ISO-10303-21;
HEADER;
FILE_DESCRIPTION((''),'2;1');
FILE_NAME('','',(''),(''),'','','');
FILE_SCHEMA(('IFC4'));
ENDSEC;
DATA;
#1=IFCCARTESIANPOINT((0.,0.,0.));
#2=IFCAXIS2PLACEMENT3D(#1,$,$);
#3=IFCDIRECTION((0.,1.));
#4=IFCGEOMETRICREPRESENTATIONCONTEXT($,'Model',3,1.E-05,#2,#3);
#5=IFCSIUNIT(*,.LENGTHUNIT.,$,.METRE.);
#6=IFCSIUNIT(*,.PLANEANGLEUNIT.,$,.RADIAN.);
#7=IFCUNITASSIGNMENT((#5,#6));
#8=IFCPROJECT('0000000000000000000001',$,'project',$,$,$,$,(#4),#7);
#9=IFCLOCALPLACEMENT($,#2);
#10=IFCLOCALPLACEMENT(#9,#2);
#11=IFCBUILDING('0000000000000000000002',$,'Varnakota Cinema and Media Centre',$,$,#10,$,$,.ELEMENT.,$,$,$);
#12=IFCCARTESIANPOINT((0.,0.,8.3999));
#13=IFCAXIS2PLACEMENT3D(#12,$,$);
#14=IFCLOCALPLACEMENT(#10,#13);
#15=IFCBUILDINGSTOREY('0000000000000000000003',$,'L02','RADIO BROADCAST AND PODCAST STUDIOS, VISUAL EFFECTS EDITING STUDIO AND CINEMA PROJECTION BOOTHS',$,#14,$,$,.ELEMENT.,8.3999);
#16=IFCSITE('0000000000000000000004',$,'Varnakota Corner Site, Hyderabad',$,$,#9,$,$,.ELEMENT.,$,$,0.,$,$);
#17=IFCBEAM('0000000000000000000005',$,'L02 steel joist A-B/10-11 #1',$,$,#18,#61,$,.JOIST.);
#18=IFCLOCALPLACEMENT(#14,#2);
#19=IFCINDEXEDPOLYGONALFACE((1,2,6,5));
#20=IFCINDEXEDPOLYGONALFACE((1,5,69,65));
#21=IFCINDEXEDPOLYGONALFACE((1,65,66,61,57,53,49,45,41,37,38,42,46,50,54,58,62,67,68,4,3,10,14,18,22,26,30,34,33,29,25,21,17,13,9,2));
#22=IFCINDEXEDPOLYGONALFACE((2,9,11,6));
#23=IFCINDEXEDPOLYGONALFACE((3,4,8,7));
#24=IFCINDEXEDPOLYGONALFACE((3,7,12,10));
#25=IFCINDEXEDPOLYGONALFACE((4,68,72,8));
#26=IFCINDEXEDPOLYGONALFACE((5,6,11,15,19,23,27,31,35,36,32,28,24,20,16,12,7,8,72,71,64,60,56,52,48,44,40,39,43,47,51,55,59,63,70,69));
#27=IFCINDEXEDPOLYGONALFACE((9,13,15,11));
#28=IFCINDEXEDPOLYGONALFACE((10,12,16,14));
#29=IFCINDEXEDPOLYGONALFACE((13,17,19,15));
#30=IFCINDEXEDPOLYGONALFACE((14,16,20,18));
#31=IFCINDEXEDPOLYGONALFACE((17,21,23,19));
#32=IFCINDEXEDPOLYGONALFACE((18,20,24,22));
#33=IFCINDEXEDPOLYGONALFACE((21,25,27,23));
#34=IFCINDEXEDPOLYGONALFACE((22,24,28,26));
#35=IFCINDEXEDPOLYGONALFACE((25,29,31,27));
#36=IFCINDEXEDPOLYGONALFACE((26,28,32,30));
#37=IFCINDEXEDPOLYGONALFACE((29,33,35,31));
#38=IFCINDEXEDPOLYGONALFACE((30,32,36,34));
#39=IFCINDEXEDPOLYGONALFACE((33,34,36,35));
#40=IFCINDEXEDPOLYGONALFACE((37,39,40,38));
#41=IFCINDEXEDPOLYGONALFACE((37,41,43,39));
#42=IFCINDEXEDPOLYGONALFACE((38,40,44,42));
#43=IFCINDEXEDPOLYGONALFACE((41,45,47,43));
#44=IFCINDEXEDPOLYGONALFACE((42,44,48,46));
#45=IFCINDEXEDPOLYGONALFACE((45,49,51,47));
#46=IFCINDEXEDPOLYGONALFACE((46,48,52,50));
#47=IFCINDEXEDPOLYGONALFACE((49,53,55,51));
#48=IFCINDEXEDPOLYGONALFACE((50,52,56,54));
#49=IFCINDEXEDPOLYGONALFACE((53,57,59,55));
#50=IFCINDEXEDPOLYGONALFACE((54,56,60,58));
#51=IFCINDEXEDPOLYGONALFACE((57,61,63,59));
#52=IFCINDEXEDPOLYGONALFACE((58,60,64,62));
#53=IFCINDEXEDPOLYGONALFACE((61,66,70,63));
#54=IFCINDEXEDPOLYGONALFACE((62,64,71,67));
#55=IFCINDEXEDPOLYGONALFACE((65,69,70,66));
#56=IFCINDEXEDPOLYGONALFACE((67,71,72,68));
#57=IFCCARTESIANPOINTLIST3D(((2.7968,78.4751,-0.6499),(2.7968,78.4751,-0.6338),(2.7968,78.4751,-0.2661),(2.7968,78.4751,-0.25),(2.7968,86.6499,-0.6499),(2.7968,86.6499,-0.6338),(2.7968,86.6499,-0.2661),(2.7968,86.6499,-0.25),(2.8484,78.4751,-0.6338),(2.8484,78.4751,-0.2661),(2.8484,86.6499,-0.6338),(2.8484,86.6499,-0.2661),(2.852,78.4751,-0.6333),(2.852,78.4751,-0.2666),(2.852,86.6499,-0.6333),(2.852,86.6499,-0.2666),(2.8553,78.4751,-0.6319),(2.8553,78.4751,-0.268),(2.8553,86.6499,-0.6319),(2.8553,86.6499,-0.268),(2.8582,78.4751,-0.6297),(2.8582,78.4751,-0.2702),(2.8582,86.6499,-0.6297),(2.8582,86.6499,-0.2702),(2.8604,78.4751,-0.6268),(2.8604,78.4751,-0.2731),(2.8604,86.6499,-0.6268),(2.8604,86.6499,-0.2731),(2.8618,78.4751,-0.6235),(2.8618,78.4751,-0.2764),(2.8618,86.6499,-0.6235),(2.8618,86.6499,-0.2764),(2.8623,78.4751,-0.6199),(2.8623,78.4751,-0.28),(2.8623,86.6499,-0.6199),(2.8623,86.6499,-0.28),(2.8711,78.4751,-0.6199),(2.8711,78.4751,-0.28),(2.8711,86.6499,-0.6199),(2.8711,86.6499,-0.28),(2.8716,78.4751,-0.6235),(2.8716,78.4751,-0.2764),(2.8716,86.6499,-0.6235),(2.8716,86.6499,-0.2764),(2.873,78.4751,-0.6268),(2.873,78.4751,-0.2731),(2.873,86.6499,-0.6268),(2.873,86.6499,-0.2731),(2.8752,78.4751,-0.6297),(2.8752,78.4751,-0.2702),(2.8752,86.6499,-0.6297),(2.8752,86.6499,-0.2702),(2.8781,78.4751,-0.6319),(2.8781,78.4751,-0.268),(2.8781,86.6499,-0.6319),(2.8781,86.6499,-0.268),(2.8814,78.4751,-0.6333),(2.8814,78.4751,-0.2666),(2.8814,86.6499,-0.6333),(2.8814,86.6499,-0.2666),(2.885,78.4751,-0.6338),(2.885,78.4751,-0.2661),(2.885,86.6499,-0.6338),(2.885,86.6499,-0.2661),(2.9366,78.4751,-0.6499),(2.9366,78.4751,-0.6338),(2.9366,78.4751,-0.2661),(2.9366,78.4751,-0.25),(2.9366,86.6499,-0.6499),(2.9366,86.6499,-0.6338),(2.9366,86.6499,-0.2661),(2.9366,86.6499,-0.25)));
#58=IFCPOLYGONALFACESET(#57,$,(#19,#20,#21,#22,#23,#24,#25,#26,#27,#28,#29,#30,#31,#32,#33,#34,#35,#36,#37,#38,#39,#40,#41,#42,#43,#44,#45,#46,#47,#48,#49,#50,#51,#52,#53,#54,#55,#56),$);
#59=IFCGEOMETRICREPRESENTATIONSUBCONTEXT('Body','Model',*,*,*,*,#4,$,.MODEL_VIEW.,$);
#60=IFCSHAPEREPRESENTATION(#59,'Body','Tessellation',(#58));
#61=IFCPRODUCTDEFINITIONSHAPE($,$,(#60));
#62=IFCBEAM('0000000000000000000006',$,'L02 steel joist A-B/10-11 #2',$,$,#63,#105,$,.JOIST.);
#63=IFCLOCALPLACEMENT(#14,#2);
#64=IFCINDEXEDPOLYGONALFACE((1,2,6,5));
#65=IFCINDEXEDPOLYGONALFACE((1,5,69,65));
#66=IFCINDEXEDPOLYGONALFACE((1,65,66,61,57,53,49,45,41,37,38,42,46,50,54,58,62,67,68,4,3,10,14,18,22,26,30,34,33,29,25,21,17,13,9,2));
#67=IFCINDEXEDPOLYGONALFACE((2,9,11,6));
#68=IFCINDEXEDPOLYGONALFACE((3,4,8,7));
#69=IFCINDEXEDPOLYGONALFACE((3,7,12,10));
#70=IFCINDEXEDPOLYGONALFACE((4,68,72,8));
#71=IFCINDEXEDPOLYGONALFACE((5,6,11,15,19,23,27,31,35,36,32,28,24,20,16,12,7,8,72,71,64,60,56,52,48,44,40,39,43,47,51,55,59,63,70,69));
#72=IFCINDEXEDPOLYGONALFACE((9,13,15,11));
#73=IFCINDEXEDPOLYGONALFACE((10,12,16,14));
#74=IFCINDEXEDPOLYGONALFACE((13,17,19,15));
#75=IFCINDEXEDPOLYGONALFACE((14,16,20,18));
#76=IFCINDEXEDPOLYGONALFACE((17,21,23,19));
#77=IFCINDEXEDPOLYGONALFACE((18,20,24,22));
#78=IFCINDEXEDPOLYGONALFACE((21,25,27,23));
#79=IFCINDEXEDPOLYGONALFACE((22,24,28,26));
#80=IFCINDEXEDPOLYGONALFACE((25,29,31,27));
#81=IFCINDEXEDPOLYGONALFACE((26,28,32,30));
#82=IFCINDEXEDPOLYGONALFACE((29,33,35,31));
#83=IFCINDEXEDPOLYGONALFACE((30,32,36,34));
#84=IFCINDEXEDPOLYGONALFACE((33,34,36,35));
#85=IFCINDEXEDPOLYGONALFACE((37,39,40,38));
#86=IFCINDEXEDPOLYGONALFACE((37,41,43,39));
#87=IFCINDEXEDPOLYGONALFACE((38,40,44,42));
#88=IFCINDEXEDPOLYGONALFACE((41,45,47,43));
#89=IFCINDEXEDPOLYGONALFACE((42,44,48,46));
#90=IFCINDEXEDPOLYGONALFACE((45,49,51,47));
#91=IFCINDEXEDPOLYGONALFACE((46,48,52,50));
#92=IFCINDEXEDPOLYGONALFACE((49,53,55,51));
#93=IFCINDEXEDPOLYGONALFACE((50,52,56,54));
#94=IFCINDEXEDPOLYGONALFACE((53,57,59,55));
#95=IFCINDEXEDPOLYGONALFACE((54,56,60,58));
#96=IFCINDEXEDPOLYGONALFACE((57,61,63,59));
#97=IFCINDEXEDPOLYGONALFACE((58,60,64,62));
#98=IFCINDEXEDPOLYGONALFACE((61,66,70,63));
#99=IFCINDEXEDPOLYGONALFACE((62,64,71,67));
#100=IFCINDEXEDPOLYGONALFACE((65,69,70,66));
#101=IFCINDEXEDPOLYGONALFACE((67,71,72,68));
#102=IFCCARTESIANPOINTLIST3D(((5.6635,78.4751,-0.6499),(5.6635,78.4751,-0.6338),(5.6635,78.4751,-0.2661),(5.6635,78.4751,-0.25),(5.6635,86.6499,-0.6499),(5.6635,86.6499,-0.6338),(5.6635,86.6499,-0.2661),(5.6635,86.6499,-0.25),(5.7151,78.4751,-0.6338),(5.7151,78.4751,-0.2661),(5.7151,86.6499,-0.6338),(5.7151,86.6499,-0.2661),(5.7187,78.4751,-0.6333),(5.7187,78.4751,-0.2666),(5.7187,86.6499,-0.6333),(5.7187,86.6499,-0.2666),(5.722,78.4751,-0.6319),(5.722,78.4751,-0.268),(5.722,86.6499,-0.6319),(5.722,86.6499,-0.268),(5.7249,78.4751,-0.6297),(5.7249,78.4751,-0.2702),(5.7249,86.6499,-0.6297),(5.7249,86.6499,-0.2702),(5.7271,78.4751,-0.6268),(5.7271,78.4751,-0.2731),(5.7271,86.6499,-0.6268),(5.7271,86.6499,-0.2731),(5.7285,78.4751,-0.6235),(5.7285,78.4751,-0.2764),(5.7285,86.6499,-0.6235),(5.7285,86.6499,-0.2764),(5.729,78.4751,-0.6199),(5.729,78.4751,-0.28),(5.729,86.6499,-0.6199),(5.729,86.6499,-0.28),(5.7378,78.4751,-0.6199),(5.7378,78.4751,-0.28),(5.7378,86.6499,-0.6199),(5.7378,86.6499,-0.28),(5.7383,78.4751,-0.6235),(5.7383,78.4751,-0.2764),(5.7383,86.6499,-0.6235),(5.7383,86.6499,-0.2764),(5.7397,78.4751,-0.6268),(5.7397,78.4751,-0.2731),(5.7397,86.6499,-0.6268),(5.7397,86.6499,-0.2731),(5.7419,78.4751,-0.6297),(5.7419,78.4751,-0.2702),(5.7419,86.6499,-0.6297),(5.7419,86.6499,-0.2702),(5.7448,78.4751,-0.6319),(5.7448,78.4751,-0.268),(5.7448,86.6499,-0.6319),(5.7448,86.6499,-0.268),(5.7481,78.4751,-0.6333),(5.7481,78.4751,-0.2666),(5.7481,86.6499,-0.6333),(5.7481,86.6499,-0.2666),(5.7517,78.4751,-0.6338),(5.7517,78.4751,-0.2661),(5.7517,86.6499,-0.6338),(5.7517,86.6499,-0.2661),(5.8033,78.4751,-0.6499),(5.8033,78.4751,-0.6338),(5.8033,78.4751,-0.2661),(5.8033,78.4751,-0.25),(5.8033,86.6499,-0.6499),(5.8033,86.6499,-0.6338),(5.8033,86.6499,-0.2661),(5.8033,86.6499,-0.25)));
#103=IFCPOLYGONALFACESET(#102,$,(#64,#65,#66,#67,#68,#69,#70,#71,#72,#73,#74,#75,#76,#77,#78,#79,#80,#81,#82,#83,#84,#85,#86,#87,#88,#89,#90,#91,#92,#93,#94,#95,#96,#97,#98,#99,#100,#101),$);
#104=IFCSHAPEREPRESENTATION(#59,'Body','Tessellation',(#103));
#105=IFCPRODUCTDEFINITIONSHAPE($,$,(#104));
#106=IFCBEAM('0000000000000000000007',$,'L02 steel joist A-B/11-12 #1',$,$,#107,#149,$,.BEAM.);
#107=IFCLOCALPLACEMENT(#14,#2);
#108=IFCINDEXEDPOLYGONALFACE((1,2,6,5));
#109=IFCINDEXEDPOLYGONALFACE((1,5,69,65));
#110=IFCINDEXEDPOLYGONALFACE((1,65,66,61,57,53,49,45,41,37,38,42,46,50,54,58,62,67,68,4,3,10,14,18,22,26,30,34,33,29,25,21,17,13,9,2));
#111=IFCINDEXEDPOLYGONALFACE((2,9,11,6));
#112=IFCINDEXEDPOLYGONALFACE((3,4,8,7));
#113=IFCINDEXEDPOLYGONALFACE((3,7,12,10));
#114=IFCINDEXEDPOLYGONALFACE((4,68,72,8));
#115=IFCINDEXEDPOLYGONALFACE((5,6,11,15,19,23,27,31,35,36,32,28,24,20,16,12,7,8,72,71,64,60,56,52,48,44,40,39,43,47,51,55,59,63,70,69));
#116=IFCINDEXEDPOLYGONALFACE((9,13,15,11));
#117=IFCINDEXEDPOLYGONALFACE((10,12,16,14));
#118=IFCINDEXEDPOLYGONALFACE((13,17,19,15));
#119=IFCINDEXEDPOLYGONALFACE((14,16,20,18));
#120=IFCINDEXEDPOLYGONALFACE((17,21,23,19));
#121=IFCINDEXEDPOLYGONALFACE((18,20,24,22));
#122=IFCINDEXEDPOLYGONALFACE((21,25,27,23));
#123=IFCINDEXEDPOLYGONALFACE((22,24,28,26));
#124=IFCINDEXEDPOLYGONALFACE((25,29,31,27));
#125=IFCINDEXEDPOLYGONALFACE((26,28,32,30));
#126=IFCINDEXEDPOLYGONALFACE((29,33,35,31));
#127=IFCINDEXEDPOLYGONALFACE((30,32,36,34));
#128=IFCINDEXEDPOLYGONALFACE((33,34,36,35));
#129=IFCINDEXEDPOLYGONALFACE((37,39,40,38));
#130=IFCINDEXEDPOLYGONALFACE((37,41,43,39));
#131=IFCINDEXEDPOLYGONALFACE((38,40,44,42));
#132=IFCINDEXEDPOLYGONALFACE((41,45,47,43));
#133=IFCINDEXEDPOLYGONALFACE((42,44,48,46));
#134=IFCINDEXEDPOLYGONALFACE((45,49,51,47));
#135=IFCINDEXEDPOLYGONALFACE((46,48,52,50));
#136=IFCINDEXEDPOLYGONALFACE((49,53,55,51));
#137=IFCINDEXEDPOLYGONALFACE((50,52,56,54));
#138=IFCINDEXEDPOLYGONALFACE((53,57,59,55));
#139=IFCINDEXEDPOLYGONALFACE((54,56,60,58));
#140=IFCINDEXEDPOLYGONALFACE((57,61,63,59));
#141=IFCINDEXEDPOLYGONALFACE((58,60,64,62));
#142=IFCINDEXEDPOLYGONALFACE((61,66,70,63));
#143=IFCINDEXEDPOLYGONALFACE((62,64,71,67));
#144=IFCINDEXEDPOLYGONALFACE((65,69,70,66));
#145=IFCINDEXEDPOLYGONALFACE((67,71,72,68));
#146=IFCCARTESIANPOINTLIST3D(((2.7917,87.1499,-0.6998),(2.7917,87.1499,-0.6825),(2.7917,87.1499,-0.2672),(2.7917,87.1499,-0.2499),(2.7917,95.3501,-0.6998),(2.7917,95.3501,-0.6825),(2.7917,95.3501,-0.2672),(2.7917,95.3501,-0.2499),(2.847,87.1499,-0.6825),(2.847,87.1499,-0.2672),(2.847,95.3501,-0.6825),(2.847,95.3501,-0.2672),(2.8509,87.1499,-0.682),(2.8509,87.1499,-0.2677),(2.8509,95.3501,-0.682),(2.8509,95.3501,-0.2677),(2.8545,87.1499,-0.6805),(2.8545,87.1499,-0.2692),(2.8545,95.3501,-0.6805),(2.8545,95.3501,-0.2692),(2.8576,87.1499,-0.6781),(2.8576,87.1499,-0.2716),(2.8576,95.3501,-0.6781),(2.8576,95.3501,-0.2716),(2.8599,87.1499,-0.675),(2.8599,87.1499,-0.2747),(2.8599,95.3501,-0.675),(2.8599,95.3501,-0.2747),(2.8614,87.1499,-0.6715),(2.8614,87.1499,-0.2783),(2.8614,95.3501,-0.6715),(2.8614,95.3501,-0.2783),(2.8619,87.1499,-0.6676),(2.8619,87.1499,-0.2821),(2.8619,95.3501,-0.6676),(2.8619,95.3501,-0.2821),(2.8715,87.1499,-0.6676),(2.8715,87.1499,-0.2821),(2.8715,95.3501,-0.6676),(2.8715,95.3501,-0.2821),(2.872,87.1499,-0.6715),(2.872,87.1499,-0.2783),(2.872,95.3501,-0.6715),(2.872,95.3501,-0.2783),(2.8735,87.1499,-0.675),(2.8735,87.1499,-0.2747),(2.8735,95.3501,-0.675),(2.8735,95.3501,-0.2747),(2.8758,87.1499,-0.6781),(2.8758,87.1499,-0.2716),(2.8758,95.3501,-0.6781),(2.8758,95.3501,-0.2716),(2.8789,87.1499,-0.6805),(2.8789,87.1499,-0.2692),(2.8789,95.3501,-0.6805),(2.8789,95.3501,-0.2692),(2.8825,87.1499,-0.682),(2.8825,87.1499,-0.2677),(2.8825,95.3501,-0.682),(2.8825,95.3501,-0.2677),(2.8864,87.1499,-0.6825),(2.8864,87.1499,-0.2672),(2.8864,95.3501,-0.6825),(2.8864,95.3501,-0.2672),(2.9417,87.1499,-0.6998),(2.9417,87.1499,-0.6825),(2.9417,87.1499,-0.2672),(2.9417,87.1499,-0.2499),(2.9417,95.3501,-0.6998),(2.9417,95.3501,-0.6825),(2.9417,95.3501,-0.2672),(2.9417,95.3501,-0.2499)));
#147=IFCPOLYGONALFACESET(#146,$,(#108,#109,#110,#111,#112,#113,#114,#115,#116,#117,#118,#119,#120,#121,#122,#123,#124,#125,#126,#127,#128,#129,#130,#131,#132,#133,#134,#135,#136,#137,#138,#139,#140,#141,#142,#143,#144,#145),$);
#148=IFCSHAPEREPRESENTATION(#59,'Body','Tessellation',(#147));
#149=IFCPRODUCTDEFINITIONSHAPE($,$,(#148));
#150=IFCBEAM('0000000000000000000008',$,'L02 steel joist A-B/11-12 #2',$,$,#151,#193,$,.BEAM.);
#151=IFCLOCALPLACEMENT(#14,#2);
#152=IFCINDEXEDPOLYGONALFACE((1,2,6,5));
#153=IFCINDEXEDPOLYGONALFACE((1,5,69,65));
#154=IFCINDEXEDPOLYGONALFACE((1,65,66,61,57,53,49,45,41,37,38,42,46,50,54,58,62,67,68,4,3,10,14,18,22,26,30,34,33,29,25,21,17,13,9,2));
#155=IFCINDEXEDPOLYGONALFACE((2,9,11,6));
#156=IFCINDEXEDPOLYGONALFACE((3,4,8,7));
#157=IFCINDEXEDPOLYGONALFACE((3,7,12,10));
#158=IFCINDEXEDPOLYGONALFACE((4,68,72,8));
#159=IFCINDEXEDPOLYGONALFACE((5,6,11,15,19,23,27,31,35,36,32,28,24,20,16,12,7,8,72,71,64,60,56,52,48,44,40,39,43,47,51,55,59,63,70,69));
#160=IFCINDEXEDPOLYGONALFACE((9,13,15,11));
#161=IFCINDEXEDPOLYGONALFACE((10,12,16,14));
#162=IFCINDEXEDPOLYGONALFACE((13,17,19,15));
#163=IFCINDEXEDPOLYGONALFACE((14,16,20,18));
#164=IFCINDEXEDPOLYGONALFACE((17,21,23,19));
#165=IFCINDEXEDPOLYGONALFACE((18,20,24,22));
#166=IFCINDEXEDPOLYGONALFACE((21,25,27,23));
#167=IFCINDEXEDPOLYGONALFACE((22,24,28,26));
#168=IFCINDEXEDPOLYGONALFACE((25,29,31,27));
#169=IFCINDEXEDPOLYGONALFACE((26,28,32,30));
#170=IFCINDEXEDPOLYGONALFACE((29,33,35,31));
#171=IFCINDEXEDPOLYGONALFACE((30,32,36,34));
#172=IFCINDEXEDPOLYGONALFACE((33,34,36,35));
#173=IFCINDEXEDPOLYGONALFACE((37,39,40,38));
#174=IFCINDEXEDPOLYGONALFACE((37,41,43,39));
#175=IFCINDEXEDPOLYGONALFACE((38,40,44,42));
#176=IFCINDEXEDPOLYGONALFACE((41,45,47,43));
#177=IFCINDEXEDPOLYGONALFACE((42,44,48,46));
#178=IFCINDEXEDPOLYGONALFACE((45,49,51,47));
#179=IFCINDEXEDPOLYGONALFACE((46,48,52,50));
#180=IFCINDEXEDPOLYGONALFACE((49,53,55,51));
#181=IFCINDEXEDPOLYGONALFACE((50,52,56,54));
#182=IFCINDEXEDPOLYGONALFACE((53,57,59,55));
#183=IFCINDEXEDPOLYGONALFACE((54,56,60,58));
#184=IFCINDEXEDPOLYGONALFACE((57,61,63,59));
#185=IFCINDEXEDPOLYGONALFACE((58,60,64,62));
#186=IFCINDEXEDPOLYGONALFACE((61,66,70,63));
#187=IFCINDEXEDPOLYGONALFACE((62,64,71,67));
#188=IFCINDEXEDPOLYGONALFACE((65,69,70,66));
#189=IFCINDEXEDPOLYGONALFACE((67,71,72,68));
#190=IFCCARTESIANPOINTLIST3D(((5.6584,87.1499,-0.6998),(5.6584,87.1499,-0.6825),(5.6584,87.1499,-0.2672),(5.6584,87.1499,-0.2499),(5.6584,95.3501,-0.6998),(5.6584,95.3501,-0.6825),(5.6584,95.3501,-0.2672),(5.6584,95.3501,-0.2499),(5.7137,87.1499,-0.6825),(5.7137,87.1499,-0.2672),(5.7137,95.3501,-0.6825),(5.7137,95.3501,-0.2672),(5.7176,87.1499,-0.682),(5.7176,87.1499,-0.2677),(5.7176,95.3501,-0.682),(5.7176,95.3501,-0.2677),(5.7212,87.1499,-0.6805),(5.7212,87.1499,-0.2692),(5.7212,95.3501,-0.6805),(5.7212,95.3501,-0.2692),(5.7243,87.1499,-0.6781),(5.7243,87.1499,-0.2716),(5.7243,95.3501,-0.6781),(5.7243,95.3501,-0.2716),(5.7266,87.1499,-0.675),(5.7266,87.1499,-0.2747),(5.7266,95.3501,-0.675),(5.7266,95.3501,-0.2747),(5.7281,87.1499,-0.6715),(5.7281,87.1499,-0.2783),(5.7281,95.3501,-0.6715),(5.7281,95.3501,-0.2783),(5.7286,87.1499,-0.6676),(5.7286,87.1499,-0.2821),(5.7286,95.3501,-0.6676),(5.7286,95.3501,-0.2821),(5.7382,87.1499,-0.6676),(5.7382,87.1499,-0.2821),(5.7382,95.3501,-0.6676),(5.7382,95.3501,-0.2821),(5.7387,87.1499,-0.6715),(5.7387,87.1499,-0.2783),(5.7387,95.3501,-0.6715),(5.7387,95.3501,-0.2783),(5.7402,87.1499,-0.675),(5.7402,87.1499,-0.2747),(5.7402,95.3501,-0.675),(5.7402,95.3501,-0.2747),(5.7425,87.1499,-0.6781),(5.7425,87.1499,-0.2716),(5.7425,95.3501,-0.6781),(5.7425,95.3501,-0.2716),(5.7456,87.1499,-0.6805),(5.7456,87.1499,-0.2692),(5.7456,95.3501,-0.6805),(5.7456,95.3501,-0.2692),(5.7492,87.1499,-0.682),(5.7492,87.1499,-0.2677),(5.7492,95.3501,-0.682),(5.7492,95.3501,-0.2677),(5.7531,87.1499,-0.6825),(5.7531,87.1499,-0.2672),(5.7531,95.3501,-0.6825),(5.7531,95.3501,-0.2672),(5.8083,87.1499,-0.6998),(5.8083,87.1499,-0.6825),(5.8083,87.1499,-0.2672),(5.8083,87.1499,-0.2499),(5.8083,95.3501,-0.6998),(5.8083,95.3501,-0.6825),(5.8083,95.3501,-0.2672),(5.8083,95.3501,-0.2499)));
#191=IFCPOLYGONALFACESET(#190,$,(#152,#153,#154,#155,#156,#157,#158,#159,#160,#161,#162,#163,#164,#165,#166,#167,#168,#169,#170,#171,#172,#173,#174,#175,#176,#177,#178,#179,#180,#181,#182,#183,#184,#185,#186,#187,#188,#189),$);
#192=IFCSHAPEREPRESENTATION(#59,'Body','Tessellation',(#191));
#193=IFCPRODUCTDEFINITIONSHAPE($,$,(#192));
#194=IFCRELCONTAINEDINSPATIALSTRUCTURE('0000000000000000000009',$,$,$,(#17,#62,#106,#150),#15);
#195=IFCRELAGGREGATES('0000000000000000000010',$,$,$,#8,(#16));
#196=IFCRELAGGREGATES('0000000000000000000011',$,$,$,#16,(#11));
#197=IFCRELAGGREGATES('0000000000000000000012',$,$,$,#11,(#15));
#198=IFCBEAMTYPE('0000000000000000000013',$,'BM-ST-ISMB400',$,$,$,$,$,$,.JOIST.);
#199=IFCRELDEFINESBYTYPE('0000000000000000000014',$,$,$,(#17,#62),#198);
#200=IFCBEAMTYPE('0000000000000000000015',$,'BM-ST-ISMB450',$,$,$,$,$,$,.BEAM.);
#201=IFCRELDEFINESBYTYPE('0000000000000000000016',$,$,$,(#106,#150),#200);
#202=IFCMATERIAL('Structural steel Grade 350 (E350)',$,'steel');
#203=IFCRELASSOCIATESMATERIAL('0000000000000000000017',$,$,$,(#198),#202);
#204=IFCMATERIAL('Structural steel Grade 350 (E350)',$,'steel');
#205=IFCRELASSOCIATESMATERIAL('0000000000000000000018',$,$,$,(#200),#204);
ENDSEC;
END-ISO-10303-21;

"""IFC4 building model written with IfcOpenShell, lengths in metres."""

from ifc_helpers import new_model, si_unit, direction, frame, origin, origin_2d, place, context, subcontext, project, spatial, i_section, extrude, material, material_profile, profile_set, type_object, element, save


model = new_model("IFC4")

# Units and contexts
model_context = context("Model", 3, precision=1e-05, world=origin(), true_north=direction((0.0, 1.0)))
body_context = subcontext(model_context, "Body", "Model", "MODEL_VIEW")
ifc_project = project(units=[si_unit("LENGTHUNIT", "METRE"), si_unit("PLANEANGLEUNIT", "RADIAN")], contexts=[model_context])

# Site, building, storey
site_placement = place(None, origin())
site = spatial("IfcSite", under=ifc_project, at=site_placement, Name="Varnakota Corner Site, Hyderabad", CompositionType="ELEMENT", RefElevation=0.0)
building_placement = place(site_placement, origin())
building = spatial("IfcBuilding", under=site, at=building_placement, Name="Varnakota Cinema and Media Centre", CompositionType="ELEMENT")
storey_placement = place(building_placement, frame((0.0, 0.0, 8.3999)))
storey = spatial("IfcBuildingStorey", under=building, at=storey_placement, Name="L02", Description="RADIO BROADCAST AND PODCAST STUDIOS, VISUAL EFFECTS EDITING STUDIO AND CINEMA PROJECTION BOOTHS", CompositionType="ELEMENT", Elevation=8.3999)

# Beams
ifc_material_1 = material(Name="Structural steel Grade 350 (E350)", Category="steel")
ifc_material_profile_1 = material_profile(ifc_material_1, i_section(OverallWidth=0.1399, OverallDepth=0.3999, WebThickness=0.0088, FlangeThickness=0.0161, FilletRadius=0.0139, at=origin_2d()), Name="ISMB 400")
ifc_profile_set_1 = profile_set([ifc_material_profile_1], Name="Structural steel Grade 350 (E350)")
beam_type_1 = type_object("IfcBeamType", Name="BM-ST-ISMB400", PredefinedType="JOIST", material=ifc_profile_set_1)
for number, where, z_axis, x_axis, name in (
    (1, (2.8667, 78.4751, -0.45), (0.0, 1.0, 0.0), (-1.0, 0.0, 0.0), "L02 steel joist A-B/10-11 #1"),
    (2, (5.7334, 78.4751, -0.45), (0.0, 1.0, 0.0), (-1.0, 0.0, 0.0), "L02 steel joist A-B/10-11 #2"),
):
    element("IfcBeam", number, at=place(storey_placement, frame(where, z_axis=z_axis, x_axis=x_axis)), inside=storey, type_object=beam_type_1, Name=name, PredefinedType="JOIST", context=body_context, shape_type="SweptSolid", body=[
        extrude(i_section(OverallWidth=0.1399, OverallDepth=0.3999, WebThickness=0.0088, FlangeThickness=0.0161, FilletRadius=0.0139, at=origin_2d()), origin(), (0.0, 0.0, 1.0), 8.1748),
    ])
ifc_material_2 = material(Name="Structural steel Grade 350 (E350)", Category="steel")
ifc_material_profile_2 = material_profile(ifc_material_2, i_section(OverallWidth=0.1499, OverallDepth=0.45, WebThickness=0.0095, FlangeThickness=0.0173, FilletRadius=0.0149, at=origin_2d()), Name="ISMB 450")
ifc_profile_set_2 = profile_set([ifc_material_profile_2], Name="Structural steel Grade 350 (E350)")
beam_type_2 = type_object("IfcBeamType", Name="BM-ST-ISMB450", PredefinedType="BEAM", material=ifc_profile_set_2)
for number, where, z_axis, x_axis, name in (
    (3, (2.8667, 87.1499, -0.4749), (0.0, 1.0, 0.0), (-1.0, 0.0, 0.0), "L02 steel joist A-B/11-12 #1"),
    (4, (5.7334, 87.1499, -0.4749), (0.0, 1.0, 0.0), (-1.0, 0.0, 0.0), "L02 steel joist A-B/11-12 #2"),
):
    element("IfcBeam", number, at=place(storey_placement, frame(where, z_axis=z_axis, x_axis=x_axis)), inside=storey, type_object=beam_type_2, Name=name, PredefinedType="BEAM", context=body_context, shape_type="SweptSolid", body=[
        extrude(i_section(OverallWidth=0.1499, OverallDepth=0.45, WebThickness=0.0095, FlangeThickness=0.0173, FilletRadius=0.0149, at=origin_2d()), origin(), (0.0, 0.0, 1.0), 8.2002),
    ])

save(model, "model.ifc")
